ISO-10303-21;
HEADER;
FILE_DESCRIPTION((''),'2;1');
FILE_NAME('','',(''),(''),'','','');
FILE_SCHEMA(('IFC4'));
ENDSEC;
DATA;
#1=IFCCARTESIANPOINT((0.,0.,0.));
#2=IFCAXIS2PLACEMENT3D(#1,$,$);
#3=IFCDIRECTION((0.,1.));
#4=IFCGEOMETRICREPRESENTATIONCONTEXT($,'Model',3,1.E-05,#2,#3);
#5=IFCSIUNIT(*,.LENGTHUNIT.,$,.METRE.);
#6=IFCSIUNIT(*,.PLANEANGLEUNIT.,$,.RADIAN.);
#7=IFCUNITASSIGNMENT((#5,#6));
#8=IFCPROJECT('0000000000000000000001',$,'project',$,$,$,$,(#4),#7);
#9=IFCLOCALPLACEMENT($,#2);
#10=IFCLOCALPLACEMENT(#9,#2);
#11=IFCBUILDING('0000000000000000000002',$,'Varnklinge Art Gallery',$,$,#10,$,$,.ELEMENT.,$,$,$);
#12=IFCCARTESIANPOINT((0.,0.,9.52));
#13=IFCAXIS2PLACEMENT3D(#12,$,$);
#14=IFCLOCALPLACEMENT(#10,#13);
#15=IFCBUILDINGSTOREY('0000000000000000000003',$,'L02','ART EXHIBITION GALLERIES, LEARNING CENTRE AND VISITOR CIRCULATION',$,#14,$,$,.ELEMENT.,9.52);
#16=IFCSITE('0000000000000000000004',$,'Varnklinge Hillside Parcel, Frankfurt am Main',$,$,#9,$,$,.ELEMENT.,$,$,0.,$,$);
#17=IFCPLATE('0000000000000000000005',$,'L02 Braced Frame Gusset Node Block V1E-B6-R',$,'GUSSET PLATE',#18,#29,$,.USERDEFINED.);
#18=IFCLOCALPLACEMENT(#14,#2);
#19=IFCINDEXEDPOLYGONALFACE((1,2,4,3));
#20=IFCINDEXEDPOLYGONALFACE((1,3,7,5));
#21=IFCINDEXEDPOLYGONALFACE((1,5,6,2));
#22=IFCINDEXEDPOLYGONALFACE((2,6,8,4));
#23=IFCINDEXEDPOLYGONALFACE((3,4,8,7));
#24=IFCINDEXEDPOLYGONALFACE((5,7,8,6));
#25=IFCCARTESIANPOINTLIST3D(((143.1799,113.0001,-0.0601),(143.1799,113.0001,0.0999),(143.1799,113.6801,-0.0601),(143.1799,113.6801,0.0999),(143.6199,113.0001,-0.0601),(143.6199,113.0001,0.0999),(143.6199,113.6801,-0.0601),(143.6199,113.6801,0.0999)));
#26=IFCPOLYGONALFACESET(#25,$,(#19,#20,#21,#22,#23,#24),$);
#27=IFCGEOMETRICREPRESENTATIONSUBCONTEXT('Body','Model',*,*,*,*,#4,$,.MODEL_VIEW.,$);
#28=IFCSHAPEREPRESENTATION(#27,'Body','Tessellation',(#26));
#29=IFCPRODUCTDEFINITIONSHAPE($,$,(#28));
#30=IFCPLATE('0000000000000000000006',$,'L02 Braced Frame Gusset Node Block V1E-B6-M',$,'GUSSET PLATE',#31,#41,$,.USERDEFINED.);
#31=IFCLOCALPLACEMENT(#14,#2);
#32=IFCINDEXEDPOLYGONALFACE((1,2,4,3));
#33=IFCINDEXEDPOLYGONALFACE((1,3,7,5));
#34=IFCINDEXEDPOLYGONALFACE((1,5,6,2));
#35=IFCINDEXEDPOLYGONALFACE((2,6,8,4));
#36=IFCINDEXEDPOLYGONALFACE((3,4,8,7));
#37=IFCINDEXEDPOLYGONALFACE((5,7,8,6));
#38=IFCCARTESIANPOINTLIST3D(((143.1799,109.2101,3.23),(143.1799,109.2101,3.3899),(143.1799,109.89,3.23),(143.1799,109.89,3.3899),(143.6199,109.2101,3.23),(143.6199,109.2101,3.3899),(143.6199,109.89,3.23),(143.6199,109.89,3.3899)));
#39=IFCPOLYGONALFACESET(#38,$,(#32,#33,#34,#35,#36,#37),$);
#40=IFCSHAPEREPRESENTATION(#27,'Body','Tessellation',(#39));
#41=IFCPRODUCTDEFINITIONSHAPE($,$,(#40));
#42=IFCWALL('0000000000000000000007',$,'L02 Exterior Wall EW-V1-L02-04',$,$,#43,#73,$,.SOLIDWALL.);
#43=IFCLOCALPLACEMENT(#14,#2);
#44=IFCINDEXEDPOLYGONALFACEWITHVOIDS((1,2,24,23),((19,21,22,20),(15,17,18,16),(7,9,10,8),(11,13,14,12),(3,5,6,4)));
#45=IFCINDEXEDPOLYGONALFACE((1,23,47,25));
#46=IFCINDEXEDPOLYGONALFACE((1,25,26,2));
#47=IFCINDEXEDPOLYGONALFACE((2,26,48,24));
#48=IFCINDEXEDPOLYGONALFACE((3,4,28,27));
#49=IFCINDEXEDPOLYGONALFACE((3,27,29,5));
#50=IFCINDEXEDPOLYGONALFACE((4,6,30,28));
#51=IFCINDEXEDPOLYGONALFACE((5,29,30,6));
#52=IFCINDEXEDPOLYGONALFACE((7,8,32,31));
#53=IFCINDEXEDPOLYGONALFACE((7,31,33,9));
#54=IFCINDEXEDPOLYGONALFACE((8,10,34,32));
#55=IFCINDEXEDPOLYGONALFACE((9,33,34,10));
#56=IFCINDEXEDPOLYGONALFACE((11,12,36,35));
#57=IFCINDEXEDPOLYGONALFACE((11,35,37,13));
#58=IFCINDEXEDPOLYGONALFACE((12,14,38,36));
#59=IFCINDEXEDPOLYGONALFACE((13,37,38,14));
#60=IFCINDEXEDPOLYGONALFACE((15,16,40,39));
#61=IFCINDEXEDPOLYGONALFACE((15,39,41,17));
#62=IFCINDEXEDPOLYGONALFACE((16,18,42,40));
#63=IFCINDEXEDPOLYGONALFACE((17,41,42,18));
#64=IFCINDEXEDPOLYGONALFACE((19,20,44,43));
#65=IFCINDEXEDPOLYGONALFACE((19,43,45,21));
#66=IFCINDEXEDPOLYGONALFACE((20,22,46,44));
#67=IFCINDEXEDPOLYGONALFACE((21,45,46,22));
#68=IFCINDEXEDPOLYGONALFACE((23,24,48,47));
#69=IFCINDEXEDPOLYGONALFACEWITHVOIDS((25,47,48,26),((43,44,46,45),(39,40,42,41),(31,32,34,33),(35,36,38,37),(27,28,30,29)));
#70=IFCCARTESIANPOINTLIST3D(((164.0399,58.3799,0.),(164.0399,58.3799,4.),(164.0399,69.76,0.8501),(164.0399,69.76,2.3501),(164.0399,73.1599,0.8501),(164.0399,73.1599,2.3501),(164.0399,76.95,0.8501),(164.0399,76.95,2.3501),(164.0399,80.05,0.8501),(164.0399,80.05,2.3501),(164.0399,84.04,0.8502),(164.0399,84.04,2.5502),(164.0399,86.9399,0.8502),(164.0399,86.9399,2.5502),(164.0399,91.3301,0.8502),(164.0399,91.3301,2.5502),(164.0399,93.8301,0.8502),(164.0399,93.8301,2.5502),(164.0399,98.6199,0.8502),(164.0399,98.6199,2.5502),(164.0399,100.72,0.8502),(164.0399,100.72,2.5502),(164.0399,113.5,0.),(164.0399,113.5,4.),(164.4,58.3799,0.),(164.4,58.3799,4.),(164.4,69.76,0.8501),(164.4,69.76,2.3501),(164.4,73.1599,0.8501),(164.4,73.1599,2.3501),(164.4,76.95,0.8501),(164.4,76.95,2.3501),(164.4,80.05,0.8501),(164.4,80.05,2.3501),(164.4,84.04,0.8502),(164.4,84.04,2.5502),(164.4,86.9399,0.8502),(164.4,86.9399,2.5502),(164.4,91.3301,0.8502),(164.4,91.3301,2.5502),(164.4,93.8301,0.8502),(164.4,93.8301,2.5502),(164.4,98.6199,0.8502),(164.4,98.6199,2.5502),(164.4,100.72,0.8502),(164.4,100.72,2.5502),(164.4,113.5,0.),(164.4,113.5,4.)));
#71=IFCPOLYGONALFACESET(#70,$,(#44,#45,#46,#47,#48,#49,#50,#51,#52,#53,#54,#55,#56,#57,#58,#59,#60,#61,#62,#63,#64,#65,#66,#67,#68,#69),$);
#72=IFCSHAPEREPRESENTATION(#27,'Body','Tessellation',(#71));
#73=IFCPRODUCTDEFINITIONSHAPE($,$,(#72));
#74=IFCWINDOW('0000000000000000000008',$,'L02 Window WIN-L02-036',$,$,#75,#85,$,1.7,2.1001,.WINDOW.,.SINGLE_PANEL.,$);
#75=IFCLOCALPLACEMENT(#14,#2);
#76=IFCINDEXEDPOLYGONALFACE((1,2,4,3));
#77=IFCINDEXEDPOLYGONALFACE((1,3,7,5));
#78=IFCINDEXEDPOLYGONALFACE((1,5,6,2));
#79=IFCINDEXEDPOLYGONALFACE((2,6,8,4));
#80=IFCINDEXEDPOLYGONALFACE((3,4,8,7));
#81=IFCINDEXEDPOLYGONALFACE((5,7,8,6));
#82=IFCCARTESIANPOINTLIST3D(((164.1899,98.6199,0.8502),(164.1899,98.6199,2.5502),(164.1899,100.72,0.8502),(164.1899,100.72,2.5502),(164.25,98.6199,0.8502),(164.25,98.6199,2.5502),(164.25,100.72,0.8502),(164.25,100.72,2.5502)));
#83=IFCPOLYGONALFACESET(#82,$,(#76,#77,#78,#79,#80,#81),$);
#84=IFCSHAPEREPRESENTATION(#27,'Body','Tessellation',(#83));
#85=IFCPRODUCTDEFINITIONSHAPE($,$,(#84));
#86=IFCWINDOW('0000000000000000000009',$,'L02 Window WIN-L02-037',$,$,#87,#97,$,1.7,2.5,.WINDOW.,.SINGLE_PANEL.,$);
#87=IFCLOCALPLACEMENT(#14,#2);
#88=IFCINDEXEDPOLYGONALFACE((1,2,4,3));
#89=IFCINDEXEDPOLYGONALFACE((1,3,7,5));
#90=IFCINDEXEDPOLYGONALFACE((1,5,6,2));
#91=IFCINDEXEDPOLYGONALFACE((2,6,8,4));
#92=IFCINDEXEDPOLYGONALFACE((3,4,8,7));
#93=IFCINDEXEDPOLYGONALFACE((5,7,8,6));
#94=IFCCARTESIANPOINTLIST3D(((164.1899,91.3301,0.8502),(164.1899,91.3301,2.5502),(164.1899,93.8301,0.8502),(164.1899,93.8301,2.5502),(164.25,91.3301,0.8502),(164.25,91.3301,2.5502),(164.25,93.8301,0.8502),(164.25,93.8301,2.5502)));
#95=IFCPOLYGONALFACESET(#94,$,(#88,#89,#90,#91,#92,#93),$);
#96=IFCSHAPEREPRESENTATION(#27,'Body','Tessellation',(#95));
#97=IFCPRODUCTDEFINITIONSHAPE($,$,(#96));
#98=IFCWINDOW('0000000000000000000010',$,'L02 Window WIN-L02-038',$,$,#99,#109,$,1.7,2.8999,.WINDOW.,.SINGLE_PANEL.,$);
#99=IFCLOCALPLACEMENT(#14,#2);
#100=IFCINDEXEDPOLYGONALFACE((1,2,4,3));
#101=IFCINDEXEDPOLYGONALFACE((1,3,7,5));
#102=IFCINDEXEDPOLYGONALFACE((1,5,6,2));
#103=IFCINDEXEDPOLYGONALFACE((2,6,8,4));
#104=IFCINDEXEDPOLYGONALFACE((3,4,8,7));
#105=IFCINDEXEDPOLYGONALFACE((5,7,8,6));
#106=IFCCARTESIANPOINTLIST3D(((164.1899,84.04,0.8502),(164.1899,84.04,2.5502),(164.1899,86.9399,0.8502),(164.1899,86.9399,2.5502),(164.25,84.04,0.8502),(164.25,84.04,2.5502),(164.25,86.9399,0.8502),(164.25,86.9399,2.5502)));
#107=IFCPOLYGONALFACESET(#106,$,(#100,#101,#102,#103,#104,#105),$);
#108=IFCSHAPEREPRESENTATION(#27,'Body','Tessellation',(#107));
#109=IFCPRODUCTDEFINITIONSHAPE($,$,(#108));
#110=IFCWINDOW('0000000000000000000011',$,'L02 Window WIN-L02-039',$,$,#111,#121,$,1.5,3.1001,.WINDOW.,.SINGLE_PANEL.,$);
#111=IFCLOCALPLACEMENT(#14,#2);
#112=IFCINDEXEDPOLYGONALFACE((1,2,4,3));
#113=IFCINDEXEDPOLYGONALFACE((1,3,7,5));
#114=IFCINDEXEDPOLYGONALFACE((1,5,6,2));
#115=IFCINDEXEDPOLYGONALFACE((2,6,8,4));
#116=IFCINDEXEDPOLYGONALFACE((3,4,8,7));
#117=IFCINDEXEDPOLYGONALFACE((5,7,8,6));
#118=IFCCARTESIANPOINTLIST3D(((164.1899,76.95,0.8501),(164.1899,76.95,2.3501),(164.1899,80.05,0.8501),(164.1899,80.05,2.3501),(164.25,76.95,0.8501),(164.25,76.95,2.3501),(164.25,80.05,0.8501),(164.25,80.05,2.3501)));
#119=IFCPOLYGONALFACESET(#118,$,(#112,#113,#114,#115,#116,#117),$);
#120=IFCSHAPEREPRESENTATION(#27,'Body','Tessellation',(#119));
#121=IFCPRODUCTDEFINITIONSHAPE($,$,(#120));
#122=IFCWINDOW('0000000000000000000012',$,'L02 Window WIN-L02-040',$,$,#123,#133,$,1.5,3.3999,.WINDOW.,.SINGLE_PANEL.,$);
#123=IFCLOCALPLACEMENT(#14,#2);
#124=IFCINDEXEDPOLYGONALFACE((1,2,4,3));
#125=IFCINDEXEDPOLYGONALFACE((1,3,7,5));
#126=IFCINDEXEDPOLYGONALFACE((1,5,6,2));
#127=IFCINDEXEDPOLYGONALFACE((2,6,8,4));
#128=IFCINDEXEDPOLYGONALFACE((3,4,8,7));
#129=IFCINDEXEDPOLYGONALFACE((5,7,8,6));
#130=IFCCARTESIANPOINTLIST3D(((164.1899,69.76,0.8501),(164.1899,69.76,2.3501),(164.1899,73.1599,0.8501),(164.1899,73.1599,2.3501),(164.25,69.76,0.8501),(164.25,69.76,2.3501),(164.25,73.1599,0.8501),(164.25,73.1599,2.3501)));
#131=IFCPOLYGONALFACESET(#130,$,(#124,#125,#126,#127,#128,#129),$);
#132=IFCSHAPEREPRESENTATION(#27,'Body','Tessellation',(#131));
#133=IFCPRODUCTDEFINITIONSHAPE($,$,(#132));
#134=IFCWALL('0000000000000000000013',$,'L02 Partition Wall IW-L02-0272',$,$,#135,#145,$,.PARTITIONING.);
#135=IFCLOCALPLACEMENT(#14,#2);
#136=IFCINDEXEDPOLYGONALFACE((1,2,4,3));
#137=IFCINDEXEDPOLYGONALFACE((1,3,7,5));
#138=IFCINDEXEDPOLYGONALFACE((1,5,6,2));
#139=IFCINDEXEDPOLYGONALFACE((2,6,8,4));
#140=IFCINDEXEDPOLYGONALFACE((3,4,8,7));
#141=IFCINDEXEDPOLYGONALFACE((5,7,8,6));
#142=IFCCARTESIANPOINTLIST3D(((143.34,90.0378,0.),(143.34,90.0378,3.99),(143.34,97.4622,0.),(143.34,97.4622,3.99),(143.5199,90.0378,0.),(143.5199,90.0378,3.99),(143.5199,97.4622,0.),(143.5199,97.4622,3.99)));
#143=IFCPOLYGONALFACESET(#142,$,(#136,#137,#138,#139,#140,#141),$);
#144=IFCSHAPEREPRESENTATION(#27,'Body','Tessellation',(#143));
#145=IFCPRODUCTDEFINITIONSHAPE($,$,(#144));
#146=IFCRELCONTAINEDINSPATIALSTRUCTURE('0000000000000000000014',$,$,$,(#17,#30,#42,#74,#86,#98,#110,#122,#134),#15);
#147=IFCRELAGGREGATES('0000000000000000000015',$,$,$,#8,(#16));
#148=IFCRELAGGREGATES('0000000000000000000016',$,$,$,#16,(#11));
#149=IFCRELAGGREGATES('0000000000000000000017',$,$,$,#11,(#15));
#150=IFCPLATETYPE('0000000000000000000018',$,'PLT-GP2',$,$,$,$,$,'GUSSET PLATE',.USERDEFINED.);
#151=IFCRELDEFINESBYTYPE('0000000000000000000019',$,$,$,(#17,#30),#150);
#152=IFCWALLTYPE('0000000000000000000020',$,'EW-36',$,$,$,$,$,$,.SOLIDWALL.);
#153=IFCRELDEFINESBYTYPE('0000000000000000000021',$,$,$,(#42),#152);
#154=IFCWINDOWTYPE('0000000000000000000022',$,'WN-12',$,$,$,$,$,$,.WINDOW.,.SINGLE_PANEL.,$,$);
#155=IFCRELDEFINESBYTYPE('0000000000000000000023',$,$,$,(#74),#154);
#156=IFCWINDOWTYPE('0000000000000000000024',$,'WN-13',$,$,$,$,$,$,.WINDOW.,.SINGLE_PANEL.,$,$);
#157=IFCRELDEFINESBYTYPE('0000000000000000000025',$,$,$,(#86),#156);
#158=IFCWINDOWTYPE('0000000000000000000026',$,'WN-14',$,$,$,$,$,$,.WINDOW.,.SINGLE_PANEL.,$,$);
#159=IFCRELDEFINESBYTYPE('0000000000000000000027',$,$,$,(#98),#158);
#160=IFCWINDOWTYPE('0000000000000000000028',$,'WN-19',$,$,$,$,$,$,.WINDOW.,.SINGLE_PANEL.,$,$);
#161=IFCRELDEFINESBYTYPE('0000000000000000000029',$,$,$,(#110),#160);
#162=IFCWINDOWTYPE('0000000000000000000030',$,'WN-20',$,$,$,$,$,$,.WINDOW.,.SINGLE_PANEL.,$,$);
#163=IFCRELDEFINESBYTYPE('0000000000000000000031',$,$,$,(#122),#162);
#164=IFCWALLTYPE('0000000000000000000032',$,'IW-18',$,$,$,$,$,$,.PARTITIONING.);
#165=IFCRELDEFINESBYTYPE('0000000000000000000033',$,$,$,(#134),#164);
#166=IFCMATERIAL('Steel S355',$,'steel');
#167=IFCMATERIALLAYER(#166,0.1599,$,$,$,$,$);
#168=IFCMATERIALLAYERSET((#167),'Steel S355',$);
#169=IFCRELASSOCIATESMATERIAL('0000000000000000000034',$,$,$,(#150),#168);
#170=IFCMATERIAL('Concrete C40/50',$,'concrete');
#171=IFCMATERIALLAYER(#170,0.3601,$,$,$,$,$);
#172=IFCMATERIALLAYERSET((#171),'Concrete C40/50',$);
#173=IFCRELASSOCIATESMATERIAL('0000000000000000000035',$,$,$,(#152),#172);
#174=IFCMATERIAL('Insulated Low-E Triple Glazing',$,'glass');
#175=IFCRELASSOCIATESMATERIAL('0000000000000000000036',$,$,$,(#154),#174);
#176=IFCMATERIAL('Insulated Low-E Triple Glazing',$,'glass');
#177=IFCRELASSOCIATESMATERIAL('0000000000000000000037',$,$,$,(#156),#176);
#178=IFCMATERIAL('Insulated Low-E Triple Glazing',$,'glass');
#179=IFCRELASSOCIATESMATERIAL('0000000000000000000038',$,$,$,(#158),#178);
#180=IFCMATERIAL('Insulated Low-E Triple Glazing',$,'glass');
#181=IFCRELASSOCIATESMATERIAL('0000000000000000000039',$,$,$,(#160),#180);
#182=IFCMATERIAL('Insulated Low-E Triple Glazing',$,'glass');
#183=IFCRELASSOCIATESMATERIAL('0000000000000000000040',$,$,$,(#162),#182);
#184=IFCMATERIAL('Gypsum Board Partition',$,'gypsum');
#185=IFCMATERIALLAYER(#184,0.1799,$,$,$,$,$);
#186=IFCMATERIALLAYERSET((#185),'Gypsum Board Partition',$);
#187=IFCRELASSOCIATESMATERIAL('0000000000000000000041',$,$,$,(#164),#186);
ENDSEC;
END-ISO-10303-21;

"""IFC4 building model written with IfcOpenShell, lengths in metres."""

from ifc_helpers import new_model, si_unit, direction, frame, frame_2d, origin, origin_2d, place, context, subcontext, project, spatial, rectangle, extrude, material, layer, layer_set, type_object, element, fill, save


model = new_model("IFC4")

# Units and contexts
model_context = context("Model", 3, precision=1e-05, world=origin(), true_north=direction((0.0, 1.0)))
body_context = subcontext(model_context, "Body", "Model", "MODEL_VIEW")
ifc_project = project(units=[si_unit("LENGTHUNIT", "METRE"), si_unit("PLANEANGLEUNIT", "RADIAN")], contexts=[model_context])

# Site, building, storey
site_placement = place(None, origin())
site = spatial("IfcSite", under=ifc_project, at=site_placement, Name="Varnklinge Hillside Parcel, Frankfurt am Main", CompositionType="ELEMENT", RefElevation=0.0)
building_placement = place(site_placement, origin())
building = spatial("IfcBuilding", under=site, at=building_placement, Name="Varnklinge Art Gallery", CompositionType="ELEMENT")
storey_placement = place(building_placement, frame((0.0, 0.0, 9.52)))
storey = spatial("IfcBuildingStorey", under=building, at=storey_placement, Name="L02", Description="ART EXHIBITION GALLERIES, LEARNING CENTRE AND VISITOR CIRCULATION", CompositionType="ELEMENT", Elevation=9.52)

# Plates
ifc_material_1 = material(Name="Steel S355", Category="steel")
ifc_layer_1 = layer(ifc_material_1, 0.1599)
ifc_layer_set_1 = layer_set([ifc_layer_1], Name="Steel S355")
plate_type = type_object("IfcPlateType", Name="PLT-GP2", ElementType="GUSSET PLATE", PredefinedType="USERDEFINED", material=ifc_layer_set_1)
for number, where, z_axis, x_axis, name in (
    (1, (143.3999, 113.3401, -0.0601), (0.0, 0.0, 1.0), (0.0, 1.0, 0.0), "L02 Braced Frame Gusset Node Block V1E-B6-R"),
    (2, (143.3999, 109.55, 3.23), (0.0, 0.0, 1.0), (0.0, 1.0, 0.0), "L02 Braced Frame Gusset Node Block V1E-B6-M"),
):
    element("IfcPlate", number, at=place(storey_placement, frame(where, z_axis=z_axis, x_axis=x_axis)), inside=storey, type_object=plate_type, Name=name, ObjectType="GUSSET PLATE", PredefinedType="USERDEFINED", context=body_context, shape_type="SweptSolid", body=[
        extrude(rectangle(XDim=0.6799, YDim=0.4399, at=origin_2d()), origin(), (0.0, 0.0, 1.0), 0.1599),
    ])

# Wall, openings, windows
ifc_material_2 = material(Name="Concrete C40/50", Category="concrete")
ifc_layer_2 = layer(ifc_material_2, 0.3601)
ifc_layer_set_2 = layer_set([ifc_layer_2], Name="Concrete C40/50")
wall_type_1 = type_object("IfcWallType", Name="EW-36", PredefinedType="SOLIDWALL", material=ifc_layer_set_2)
wall_1_placement = place(storey_placement, frame((164.22, 113.5, 0.0), z_axis=(0.0, 0.0, 1.0), x_axis=(0.0, -1.0, 0.0)))
wall_1 = element("IfcWall", 3, at=wall_1_placement, inside=storey, type_object=wall_type_1, Name="L02 Exterior Wall EW-V1-L02-04", PredefinedType="SOLIDWALL", context=body_context, shape_type="SweptSolid", body=[
    extrude(rectangle(XDim=55.1201, YDim=0.3601, at=frame_2d((27.5601, 0.0))), origin(), (0.0, 0.0, 1.0), 4.0),
])
opening_1_placement = place(wall_1_placement, frame((12.78, 0.0, 0.8501)))
opening_1 = element("IfcOpeningElement", 4, at=opening_1_placement, cuts=wall_1, PredefinedType="OPENING", context=body_context, shape_type="SweptSolid", body=[
    extrude(rectangle(XDim=2.1001, YDim=1.7, at=frame_2d((1.05, 0.8501))), frame((0.0, 0.1902, 0.0), z_axis=(0.0, -1.0, 0.0), x_axis=(1.0, 0.0, 0.0)), (0.0, 0.0, 1.0), 0.3801),
])
opening_2_placement = place(wall_1_placement, frame((19.6699, 0.0, 0.8501)))
opening_2 = element("IfcOpeningElement", 5, at=opening_2_placement, cuts=wall_1, PredefinedType="OPENING", context=body_context, shape_type="SweptSolid", body=[
    extrude(rectangle(XDim=2.5, YDim=1.7, at=frame_2d((1.25, 0.8501))), frame((0.0, 0.1902, 0.0), z_axis=(0.0, -1.0, 0.0), x_axis=(1.0, 0.0, 0.0)), (0.0, 0.0, 1.0), 0.3801),
])
opening_3_placement = place(wall_1_placement, frame((26.5601, 0.0, 0.8501)))
opening_3 = element("IfcOpeningElement", 6, at=opening_3_placement, cuts=wall_1, PredefinedType="OPENING", context=body_context, shape_type="SweptSolid", body=[
    extrude(rectangle(XDim=2.8999, YDim=1.7, at=frame_2d((1.45, 0.8501))), frame((0.0, 0.1902, 0.0), z_axis=(0.0, -1.0, 0.0), x_axis=(1.0, 0.0, 0.0)), (0.0, 0.0, 1.0), 0.3801),
])
opening_4_placement = place(wall_1_placement, frame((33.45, 0.0, 0.8501)))
opening_4 = element("IfcOpeningElement", 7, at=opening_4_placement, cuts=wall_1, PredefinedType="OPENING", context=body_context, shape_type="SweptSolid", body=[
    extrude(rectangle(XDim=3.1001, YDim=1.5, at=frame_2d((1.55, 0.75))), frame((0.0, 0.1902, 0.0), z_axis=(0.0, -1.0, 0.0), x_axis=(1.0, 0.0, 0.0)), (0.0, 0.0, 1.0), 0.3801),
])
opening_5_placement = place(wall_1_placement, frame((40.3401, 0.0, 0.8501)))
opening_5 = element("IfcOpeningElement", 8, at=opening_5_placement, cuts=wall_1, PredefinedType="OPENING", context=body_context, shape_type="SweptSolid", body=[
    extrude(rectangle(XDim=3.3999, YDim=1.5, at=frame_2d((1.7, 0.75))), frame((0.0, 0.1902, 0.0), z_axis=(0.0, -1.0, 0.0), x_axis=(1.0, 0.0, 0.0)), (0.0, 0.0, 1.0), 0.3801),
])
ifc_material_3 = material(Name="Insulated Low-E Triple Glazing", Category="glass")
window_type_1 = type_object("IfcWindowType", Name="WN-12", PartitioningType="SINGLE_PANEL", PredefinedType="WINDOW", material=ifc_material_3)
window_1_placement = place(opening_1_placement, origin())
window_1 = element("IfcWindow", 9, at=window_1_placement, inside=storey, type_object=window_type_1, Name="L02 Window WIN-L02-036", OverallHeight=1.7, OverallWidth=2.1001, PartitioningType="SINGLE_PANEL", PredefinedType="WINDOW", context=body_context, shape_type="SweptSolid", body=[
    extrude(rectangle(XDim=2.1001, YDim=1.7, at=frame_2d((1.05, 0.8501))), frame((0.0, 0.03, 0.0), z_axis=(0.0, -1.0, 0.0), x_axis=(1.0, 0.0, 0.0)), (0.0, 0.0, 1.0), 0.0601),
])
fill(opening_1, window_1)
ifc_material_4 = material(Name="Insulated Low-E Triple Glazing", Category="glass")
window_type_2 = type_object("IfcWindowType", Name="WN-13", PartitioningType="SINGLE_PANEL", PredefinedType="WINDOW", material=ifc_material_4)
window_2_placement = place(opening_2_placement, origin())
window_2 = element("IfcWindow", 10, at=window_2_placement, inside=storey, type_object=window_type_2, Name="L02 Window WIN-L02-037", OverallHeight=1.7, OverallWidth=2.5, PartitioningType="SINGLE_PANEL", PredefinedType="WINDOW", context=body_context, shape_type="SweptSolid", body=[
    extrude(rectangle(XDim=2.5, YDim=1.7, at=frame_2d((1.25, 0.8501))), frame((0.0, 0.03, 0.0), z_axis=(0.0, -1.0, 0.0), x_axis=(1.0, 0.0, 0.0)), (0.0, 0.0, 1.0), 0.0601),
])
fill(opening_2, window_2)
ifc_material_5 = material(Name="Insulated Low-E Triple Glazing", Category="glass")
window_type_3 = type_object("IfcWindowType", Name="WN-14", PartitioningType="SINGLE_PANEL", PredefinedType="WINDOW", material=ifc_material_5)
window_3_placement = place(opening_3_placement, origin())
window_3 = element("IfcWindow", 11, at=window_3_placement, inside=storey, type_object=window_type_3, Name="L02 Window WIN-L02-038", OverallHeight=1.7, OverallWidth=2.8999, PartitioningType="SINGLE_PANEL", PredefinedType="WINDOW", context=body_context, shape_type="SweptSolid", body=[
    extrude(rectangle(XDim=2.8999, YDim=1.7, at=frame_2d((1.45, 0.8501))), frame((0.0, 0.03, 0.0), z_axis=(0.0, -1.0, 0.0), x_axis=(1.0, 0.0, 0.0)), (0.0, 0.0, 1.0), 0.0601),
])
fill(opening_3, window_3)
ifc_material_6 = material(Name="Insulated Low-E Triple Glazing", Category="glass")
window_type_4 = type_object("IfcWindowType", Name="WN-19", PartitioningType="SINGLE_PANEL", PredefinedType="WINDOW", material=ifc_material_6)
window_4_placement = place(opening_4_placement, origin())
window_4 = element("IfcWindow", 12, at=window_4_placement, inside=storey, type_object=window_type_4, Name="L02 Window WIN-L02-039", OverallHeight=1.5, OverallWidth=3.1001, PartitioningType="SINGLE_PANEL", PredefinedType="WINDOW", context=body_context, shape_type="SweptSolid", body=[
    extrude(rectangle(XDim=3.1001, YDim=1.5, at=frame_2d((1.55, 0.75))), frame((0.0, 0.03, 0.0), z_axis=(0.0, -1.0, 0.0), x_axis=(1.0, 0.0, 0.0)), (0.0, 0.0, 1.0), 0.0601),
])
fill(opening_4, window_4)
ifc_material_7 = material(Name="Insulated Low-E Triple Glazing", Category="glass")
window_type_5 = type_object("IfcWindowType", Name="WN-20", PartitioningType="SINGLE_PANEL", PredefinedType="WINDOW", material=ifc_material_7)
window_5_placement = place(opening_5_placement, origin())
window_5 = element("IfcWindow", 13, at=window_5_placement, inside=storey, type_object=window_type_5, Name="L02 Window WIN-L02-040", OverallHeight=1.5, OverallWidth=3.3999, PartitioningType="SINGLE_PANEL", PredefinedType="WINDOW", context=body_context, shape_type="SweptSolid", body=[
    extrude(rectangle(XDim=3.3999, YDim=1.5, at=frame_2d((1.7, 0.75))), frame((0.0, 0.03, 0.0), z_axis=(0.0, -1.0, 0.0), x_axis=(1.0, 0.0, 0.0)), (0.0, 0.0, 1.0), 0.0601),
])
fill(opening_5, window_5)

# Wall
ifc_material_8 = material(Name="Gypsum Board Partition", Category="gypsum")
ifc_layer_3 = layer(ifc_material_8, 0.1799)
ifc_layer_set_3 = layer_set([ifc_layer_3], Name="Gypsum Board Partition")
wall_type_2 = type_object("IfcWallType", Name="IW-18", PredefinedType="PARTITIONING", material=ifc_layer_set_3)
wall_2_placement = place(storey_placement, frame((143.4299, 97.4622, 0.0), z_axis=(0.0, 0.0, 1.0), x_axis=(0.0, -1.0, 0.0)))
element("IfcWall", 14, at=wall_2_placement, inside=storey, type_object=wall_type_2, Name="L02 Partition Wall IW-L02-0272", PredefinedType="PARTITIONING", context=body_context, shape_type="SweptSolid", body=[
    extrude(rectangle(XDim=7.4243, YDim=0.1799, at=frame_2d((3.7122, 0.0))), origin(), (0.0, 0.0, 1.0), 3.99),
])

save(model, "model.ifc")
